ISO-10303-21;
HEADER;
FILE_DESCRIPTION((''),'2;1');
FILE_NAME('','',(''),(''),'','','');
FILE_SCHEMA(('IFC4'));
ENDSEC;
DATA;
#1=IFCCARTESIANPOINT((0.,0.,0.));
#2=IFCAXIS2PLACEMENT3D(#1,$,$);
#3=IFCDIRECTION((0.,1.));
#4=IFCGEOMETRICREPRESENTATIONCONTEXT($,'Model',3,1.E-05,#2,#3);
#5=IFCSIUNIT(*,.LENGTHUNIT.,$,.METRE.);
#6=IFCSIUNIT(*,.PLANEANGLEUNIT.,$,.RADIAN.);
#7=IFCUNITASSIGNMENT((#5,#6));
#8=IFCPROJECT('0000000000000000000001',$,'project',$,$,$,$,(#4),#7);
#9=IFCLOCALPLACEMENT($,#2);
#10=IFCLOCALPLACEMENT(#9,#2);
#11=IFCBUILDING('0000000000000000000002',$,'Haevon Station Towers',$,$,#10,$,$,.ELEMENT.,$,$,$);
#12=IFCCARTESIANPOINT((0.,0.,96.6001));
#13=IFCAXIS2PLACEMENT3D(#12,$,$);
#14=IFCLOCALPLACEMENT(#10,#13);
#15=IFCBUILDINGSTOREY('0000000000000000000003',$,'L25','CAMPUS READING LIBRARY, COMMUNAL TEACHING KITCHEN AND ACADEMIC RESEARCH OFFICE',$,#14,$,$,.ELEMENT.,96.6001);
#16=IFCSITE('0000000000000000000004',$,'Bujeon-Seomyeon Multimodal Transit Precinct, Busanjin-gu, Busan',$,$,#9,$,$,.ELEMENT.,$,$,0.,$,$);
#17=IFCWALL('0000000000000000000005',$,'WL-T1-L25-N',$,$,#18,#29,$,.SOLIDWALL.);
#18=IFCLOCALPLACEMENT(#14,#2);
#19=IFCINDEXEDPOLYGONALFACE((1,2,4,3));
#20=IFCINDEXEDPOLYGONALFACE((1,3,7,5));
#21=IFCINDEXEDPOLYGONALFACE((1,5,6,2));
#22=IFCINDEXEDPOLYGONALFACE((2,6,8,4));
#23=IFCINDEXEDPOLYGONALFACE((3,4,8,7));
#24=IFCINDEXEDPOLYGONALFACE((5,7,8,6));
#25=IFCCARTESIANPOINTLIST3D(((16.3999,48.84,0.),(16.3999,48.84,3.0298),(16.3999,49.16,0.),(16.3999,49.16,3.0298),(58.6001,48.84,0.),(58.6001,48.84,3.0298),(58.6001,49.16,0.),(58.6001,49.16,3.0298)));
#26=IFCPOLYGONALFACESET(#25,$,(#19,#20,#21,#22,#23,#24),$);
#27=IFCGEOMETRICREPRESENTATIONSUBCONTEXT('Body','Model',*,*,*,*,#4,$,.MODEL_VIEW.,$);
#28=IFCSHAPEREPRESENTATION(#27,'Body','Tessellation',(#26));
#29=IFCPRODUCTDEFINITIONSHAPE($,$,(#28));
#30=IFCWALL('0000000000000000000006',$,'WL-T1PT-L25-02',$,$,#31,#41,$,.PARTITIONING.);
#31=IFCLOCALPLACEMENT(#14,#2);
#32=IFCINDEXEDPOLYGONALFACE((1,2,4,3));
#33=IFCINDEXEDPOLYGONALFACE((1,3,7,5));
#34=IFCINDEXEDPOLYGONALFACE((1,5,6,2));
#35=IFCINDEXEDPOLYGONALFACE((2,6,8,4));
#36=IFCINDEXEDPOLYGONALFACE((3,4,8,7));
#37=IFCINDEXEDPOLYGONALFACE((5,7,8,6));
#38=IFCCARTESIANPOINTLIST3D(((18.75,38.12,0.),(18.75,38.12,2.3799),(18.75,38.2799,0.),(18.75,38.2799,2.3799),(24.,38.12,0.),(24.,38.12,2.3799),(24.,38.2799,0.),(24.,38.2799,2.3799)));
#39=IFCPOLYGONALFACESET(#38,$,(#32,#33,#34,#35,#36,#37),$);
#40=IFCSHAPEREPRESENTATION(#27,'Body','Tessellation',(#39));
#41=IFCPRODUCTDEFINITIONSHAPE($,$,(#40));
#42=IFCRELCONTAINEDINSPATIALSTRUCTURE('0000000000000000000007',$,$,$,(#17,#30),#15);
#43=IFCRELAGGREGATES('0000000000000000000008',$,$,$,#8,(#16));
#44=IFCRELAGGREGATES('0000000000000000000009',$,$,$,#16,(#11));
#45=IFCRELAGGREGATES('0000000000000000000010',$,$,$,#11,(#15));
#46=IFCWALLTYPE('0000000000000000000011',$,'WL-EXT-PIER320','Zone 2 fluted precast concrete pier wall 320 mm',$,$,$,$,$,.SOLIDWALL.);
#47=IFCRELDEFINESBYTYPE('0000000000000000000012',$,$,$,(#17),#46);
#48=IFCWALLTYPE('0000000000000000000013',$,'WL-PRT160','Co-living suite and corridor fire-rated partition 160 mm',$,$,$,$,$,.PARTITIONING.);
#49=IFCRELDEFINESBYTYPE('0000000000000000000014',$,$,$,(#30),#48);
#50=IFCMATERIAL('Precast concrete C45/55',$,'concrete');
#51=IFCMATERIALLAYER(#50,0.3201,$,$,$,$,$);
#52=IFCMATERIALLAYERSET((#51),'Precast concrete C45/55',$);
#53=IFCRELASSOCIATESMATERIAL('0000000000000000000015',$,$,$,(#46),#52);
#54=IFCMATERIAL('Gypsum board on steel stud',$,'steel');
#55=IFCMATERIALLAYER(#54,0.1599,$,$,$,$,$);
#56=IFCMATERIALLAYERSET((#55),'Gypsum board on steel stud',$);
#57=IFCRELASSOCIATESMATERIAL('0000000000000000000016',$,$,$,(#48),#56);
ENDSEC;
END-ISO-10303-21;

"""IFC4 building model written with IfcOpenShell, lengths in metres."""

from ifc_helpers import new_model, si_unit, direction, frame, frame_2d, origin, place, context, subcontext, project, spatial, rectangle, extrude, material, layer, layer_set, type_object, element, save


model = new_model("IFC4")

# Units and contexts
model_context = context("Model", 3, precision=1e-05, world=origin(), true_north=direction((0.0, 1.0)))
body_context = subcontext(model_context, "Body", "Model", "MODEL_VIEW")
ifc_project = project(units=[si_unit("LENGTHUNIT", "METRE"), si_unit("PLANEANGLEUNIT", "RADIAN")], contexts=[model_context])

# Site, building, storey
site_placement = place(None, origin())
site = spatial("IfcSite", under=ifc_project, at=site_placement, Name="Bujeon-Seomyeon Multimodal Transit Precinct, Busanjin-gu, Busan", CompositionType="ELEMENT", RefElevation=0.0)
building_placement = place(site_placement, origin())
building = spatial("IfcBuilding", under=site, at=building_placement, Name="Haevon Station Towers", CompositionType="ELEMENT")
storey_placement = place(building_placement, frame((0.0, 0.0, 96.6001)))
storey = spatial("IfcBuildingStorey", under=building, at=storey_placement, Name="L25", Description="CAMPUS READING LIBRARY, COMMUNAL TEACHING KITCHEN AND ACADEMIC RESEARCH OFFICE", CompositionType="ELEMENT", Elevation=96.6001)

# Shared definitions
ifc_material_1 = material(Name="Gypsum board on steel stud", Category="steel")

# Walls
ifc_material_2 = material(Name="Precast concrete C45/55", Category="concrete")
ifc_layer_1 = layer(ifc_material_2, 0.3201)
ifc_layer_set_1 = layer_set([ifc_layer_1], Name="Precast concrete C45/55")
wall_type_1 = type_object("IfcWallType", Name="WL-EXT-PIER320", Description="Zone 2 fluted precast concrete pier wall 320 mm", PredefinedType="SOLIDWALL", material=ifc_layer_set_1)
wall_1_placement = place(storey_placement, frame((16.3999, 49.0, 0.0), z_axis=(0.0, 0.0, 1.0), x_axis=(1.0, 0.0, 0.0)))
element("IfcWall", 1, at=wall_1_placement, inside=storey, type_object=wall_type_1, Name="WL-T1-L25-N", PredefinedType="SOLIDWALL", context=body_context, shape_type="SweptSolid", body=[
    extrude(rectangle(XDim=42.2002, YDim=0.3201, at=frame_2d((21.1001, 0.0))), origin(), (0.0, 0.0, 1.0), 3.0298),
])
ifc_layer_2 = layer(ifc_material_1, 0.1599)
ifc_layer_set_2 = layer_set([ifc_layer_2], Name="Gypsum board on steel stud")
wall_type_2 = type_object("IfcWallType", Name="WL-PRT160", Description="Co-living suite and corridor fire-rated partition 160 mm", PredefinedType="PARTITIONING", material=ifc_layer_set_2)
wall_2_placement = place(storey_placement, frame((18.75, 38.2, 0.0), z_axis=(0.0, 0.0, 1.0), x_axis=(1.0, 0.0, 0.0)))
element("IfcWall", 2, at=wall_2_placement, inside=storey, type_object=wall_type_2, Name="WL-T1PT-L25-02", PredefinedType="PARTITIONING", context=body_context, shape_type="SweptSolid", body=[
    extrude(rectangle(XDim=5.25, YDim=0.1599, at=frame_2d((2.625, 0.0))), origin(), (0.0, 0.0, 1.0), 2.3799),
])

save(model, "model.ifc")
